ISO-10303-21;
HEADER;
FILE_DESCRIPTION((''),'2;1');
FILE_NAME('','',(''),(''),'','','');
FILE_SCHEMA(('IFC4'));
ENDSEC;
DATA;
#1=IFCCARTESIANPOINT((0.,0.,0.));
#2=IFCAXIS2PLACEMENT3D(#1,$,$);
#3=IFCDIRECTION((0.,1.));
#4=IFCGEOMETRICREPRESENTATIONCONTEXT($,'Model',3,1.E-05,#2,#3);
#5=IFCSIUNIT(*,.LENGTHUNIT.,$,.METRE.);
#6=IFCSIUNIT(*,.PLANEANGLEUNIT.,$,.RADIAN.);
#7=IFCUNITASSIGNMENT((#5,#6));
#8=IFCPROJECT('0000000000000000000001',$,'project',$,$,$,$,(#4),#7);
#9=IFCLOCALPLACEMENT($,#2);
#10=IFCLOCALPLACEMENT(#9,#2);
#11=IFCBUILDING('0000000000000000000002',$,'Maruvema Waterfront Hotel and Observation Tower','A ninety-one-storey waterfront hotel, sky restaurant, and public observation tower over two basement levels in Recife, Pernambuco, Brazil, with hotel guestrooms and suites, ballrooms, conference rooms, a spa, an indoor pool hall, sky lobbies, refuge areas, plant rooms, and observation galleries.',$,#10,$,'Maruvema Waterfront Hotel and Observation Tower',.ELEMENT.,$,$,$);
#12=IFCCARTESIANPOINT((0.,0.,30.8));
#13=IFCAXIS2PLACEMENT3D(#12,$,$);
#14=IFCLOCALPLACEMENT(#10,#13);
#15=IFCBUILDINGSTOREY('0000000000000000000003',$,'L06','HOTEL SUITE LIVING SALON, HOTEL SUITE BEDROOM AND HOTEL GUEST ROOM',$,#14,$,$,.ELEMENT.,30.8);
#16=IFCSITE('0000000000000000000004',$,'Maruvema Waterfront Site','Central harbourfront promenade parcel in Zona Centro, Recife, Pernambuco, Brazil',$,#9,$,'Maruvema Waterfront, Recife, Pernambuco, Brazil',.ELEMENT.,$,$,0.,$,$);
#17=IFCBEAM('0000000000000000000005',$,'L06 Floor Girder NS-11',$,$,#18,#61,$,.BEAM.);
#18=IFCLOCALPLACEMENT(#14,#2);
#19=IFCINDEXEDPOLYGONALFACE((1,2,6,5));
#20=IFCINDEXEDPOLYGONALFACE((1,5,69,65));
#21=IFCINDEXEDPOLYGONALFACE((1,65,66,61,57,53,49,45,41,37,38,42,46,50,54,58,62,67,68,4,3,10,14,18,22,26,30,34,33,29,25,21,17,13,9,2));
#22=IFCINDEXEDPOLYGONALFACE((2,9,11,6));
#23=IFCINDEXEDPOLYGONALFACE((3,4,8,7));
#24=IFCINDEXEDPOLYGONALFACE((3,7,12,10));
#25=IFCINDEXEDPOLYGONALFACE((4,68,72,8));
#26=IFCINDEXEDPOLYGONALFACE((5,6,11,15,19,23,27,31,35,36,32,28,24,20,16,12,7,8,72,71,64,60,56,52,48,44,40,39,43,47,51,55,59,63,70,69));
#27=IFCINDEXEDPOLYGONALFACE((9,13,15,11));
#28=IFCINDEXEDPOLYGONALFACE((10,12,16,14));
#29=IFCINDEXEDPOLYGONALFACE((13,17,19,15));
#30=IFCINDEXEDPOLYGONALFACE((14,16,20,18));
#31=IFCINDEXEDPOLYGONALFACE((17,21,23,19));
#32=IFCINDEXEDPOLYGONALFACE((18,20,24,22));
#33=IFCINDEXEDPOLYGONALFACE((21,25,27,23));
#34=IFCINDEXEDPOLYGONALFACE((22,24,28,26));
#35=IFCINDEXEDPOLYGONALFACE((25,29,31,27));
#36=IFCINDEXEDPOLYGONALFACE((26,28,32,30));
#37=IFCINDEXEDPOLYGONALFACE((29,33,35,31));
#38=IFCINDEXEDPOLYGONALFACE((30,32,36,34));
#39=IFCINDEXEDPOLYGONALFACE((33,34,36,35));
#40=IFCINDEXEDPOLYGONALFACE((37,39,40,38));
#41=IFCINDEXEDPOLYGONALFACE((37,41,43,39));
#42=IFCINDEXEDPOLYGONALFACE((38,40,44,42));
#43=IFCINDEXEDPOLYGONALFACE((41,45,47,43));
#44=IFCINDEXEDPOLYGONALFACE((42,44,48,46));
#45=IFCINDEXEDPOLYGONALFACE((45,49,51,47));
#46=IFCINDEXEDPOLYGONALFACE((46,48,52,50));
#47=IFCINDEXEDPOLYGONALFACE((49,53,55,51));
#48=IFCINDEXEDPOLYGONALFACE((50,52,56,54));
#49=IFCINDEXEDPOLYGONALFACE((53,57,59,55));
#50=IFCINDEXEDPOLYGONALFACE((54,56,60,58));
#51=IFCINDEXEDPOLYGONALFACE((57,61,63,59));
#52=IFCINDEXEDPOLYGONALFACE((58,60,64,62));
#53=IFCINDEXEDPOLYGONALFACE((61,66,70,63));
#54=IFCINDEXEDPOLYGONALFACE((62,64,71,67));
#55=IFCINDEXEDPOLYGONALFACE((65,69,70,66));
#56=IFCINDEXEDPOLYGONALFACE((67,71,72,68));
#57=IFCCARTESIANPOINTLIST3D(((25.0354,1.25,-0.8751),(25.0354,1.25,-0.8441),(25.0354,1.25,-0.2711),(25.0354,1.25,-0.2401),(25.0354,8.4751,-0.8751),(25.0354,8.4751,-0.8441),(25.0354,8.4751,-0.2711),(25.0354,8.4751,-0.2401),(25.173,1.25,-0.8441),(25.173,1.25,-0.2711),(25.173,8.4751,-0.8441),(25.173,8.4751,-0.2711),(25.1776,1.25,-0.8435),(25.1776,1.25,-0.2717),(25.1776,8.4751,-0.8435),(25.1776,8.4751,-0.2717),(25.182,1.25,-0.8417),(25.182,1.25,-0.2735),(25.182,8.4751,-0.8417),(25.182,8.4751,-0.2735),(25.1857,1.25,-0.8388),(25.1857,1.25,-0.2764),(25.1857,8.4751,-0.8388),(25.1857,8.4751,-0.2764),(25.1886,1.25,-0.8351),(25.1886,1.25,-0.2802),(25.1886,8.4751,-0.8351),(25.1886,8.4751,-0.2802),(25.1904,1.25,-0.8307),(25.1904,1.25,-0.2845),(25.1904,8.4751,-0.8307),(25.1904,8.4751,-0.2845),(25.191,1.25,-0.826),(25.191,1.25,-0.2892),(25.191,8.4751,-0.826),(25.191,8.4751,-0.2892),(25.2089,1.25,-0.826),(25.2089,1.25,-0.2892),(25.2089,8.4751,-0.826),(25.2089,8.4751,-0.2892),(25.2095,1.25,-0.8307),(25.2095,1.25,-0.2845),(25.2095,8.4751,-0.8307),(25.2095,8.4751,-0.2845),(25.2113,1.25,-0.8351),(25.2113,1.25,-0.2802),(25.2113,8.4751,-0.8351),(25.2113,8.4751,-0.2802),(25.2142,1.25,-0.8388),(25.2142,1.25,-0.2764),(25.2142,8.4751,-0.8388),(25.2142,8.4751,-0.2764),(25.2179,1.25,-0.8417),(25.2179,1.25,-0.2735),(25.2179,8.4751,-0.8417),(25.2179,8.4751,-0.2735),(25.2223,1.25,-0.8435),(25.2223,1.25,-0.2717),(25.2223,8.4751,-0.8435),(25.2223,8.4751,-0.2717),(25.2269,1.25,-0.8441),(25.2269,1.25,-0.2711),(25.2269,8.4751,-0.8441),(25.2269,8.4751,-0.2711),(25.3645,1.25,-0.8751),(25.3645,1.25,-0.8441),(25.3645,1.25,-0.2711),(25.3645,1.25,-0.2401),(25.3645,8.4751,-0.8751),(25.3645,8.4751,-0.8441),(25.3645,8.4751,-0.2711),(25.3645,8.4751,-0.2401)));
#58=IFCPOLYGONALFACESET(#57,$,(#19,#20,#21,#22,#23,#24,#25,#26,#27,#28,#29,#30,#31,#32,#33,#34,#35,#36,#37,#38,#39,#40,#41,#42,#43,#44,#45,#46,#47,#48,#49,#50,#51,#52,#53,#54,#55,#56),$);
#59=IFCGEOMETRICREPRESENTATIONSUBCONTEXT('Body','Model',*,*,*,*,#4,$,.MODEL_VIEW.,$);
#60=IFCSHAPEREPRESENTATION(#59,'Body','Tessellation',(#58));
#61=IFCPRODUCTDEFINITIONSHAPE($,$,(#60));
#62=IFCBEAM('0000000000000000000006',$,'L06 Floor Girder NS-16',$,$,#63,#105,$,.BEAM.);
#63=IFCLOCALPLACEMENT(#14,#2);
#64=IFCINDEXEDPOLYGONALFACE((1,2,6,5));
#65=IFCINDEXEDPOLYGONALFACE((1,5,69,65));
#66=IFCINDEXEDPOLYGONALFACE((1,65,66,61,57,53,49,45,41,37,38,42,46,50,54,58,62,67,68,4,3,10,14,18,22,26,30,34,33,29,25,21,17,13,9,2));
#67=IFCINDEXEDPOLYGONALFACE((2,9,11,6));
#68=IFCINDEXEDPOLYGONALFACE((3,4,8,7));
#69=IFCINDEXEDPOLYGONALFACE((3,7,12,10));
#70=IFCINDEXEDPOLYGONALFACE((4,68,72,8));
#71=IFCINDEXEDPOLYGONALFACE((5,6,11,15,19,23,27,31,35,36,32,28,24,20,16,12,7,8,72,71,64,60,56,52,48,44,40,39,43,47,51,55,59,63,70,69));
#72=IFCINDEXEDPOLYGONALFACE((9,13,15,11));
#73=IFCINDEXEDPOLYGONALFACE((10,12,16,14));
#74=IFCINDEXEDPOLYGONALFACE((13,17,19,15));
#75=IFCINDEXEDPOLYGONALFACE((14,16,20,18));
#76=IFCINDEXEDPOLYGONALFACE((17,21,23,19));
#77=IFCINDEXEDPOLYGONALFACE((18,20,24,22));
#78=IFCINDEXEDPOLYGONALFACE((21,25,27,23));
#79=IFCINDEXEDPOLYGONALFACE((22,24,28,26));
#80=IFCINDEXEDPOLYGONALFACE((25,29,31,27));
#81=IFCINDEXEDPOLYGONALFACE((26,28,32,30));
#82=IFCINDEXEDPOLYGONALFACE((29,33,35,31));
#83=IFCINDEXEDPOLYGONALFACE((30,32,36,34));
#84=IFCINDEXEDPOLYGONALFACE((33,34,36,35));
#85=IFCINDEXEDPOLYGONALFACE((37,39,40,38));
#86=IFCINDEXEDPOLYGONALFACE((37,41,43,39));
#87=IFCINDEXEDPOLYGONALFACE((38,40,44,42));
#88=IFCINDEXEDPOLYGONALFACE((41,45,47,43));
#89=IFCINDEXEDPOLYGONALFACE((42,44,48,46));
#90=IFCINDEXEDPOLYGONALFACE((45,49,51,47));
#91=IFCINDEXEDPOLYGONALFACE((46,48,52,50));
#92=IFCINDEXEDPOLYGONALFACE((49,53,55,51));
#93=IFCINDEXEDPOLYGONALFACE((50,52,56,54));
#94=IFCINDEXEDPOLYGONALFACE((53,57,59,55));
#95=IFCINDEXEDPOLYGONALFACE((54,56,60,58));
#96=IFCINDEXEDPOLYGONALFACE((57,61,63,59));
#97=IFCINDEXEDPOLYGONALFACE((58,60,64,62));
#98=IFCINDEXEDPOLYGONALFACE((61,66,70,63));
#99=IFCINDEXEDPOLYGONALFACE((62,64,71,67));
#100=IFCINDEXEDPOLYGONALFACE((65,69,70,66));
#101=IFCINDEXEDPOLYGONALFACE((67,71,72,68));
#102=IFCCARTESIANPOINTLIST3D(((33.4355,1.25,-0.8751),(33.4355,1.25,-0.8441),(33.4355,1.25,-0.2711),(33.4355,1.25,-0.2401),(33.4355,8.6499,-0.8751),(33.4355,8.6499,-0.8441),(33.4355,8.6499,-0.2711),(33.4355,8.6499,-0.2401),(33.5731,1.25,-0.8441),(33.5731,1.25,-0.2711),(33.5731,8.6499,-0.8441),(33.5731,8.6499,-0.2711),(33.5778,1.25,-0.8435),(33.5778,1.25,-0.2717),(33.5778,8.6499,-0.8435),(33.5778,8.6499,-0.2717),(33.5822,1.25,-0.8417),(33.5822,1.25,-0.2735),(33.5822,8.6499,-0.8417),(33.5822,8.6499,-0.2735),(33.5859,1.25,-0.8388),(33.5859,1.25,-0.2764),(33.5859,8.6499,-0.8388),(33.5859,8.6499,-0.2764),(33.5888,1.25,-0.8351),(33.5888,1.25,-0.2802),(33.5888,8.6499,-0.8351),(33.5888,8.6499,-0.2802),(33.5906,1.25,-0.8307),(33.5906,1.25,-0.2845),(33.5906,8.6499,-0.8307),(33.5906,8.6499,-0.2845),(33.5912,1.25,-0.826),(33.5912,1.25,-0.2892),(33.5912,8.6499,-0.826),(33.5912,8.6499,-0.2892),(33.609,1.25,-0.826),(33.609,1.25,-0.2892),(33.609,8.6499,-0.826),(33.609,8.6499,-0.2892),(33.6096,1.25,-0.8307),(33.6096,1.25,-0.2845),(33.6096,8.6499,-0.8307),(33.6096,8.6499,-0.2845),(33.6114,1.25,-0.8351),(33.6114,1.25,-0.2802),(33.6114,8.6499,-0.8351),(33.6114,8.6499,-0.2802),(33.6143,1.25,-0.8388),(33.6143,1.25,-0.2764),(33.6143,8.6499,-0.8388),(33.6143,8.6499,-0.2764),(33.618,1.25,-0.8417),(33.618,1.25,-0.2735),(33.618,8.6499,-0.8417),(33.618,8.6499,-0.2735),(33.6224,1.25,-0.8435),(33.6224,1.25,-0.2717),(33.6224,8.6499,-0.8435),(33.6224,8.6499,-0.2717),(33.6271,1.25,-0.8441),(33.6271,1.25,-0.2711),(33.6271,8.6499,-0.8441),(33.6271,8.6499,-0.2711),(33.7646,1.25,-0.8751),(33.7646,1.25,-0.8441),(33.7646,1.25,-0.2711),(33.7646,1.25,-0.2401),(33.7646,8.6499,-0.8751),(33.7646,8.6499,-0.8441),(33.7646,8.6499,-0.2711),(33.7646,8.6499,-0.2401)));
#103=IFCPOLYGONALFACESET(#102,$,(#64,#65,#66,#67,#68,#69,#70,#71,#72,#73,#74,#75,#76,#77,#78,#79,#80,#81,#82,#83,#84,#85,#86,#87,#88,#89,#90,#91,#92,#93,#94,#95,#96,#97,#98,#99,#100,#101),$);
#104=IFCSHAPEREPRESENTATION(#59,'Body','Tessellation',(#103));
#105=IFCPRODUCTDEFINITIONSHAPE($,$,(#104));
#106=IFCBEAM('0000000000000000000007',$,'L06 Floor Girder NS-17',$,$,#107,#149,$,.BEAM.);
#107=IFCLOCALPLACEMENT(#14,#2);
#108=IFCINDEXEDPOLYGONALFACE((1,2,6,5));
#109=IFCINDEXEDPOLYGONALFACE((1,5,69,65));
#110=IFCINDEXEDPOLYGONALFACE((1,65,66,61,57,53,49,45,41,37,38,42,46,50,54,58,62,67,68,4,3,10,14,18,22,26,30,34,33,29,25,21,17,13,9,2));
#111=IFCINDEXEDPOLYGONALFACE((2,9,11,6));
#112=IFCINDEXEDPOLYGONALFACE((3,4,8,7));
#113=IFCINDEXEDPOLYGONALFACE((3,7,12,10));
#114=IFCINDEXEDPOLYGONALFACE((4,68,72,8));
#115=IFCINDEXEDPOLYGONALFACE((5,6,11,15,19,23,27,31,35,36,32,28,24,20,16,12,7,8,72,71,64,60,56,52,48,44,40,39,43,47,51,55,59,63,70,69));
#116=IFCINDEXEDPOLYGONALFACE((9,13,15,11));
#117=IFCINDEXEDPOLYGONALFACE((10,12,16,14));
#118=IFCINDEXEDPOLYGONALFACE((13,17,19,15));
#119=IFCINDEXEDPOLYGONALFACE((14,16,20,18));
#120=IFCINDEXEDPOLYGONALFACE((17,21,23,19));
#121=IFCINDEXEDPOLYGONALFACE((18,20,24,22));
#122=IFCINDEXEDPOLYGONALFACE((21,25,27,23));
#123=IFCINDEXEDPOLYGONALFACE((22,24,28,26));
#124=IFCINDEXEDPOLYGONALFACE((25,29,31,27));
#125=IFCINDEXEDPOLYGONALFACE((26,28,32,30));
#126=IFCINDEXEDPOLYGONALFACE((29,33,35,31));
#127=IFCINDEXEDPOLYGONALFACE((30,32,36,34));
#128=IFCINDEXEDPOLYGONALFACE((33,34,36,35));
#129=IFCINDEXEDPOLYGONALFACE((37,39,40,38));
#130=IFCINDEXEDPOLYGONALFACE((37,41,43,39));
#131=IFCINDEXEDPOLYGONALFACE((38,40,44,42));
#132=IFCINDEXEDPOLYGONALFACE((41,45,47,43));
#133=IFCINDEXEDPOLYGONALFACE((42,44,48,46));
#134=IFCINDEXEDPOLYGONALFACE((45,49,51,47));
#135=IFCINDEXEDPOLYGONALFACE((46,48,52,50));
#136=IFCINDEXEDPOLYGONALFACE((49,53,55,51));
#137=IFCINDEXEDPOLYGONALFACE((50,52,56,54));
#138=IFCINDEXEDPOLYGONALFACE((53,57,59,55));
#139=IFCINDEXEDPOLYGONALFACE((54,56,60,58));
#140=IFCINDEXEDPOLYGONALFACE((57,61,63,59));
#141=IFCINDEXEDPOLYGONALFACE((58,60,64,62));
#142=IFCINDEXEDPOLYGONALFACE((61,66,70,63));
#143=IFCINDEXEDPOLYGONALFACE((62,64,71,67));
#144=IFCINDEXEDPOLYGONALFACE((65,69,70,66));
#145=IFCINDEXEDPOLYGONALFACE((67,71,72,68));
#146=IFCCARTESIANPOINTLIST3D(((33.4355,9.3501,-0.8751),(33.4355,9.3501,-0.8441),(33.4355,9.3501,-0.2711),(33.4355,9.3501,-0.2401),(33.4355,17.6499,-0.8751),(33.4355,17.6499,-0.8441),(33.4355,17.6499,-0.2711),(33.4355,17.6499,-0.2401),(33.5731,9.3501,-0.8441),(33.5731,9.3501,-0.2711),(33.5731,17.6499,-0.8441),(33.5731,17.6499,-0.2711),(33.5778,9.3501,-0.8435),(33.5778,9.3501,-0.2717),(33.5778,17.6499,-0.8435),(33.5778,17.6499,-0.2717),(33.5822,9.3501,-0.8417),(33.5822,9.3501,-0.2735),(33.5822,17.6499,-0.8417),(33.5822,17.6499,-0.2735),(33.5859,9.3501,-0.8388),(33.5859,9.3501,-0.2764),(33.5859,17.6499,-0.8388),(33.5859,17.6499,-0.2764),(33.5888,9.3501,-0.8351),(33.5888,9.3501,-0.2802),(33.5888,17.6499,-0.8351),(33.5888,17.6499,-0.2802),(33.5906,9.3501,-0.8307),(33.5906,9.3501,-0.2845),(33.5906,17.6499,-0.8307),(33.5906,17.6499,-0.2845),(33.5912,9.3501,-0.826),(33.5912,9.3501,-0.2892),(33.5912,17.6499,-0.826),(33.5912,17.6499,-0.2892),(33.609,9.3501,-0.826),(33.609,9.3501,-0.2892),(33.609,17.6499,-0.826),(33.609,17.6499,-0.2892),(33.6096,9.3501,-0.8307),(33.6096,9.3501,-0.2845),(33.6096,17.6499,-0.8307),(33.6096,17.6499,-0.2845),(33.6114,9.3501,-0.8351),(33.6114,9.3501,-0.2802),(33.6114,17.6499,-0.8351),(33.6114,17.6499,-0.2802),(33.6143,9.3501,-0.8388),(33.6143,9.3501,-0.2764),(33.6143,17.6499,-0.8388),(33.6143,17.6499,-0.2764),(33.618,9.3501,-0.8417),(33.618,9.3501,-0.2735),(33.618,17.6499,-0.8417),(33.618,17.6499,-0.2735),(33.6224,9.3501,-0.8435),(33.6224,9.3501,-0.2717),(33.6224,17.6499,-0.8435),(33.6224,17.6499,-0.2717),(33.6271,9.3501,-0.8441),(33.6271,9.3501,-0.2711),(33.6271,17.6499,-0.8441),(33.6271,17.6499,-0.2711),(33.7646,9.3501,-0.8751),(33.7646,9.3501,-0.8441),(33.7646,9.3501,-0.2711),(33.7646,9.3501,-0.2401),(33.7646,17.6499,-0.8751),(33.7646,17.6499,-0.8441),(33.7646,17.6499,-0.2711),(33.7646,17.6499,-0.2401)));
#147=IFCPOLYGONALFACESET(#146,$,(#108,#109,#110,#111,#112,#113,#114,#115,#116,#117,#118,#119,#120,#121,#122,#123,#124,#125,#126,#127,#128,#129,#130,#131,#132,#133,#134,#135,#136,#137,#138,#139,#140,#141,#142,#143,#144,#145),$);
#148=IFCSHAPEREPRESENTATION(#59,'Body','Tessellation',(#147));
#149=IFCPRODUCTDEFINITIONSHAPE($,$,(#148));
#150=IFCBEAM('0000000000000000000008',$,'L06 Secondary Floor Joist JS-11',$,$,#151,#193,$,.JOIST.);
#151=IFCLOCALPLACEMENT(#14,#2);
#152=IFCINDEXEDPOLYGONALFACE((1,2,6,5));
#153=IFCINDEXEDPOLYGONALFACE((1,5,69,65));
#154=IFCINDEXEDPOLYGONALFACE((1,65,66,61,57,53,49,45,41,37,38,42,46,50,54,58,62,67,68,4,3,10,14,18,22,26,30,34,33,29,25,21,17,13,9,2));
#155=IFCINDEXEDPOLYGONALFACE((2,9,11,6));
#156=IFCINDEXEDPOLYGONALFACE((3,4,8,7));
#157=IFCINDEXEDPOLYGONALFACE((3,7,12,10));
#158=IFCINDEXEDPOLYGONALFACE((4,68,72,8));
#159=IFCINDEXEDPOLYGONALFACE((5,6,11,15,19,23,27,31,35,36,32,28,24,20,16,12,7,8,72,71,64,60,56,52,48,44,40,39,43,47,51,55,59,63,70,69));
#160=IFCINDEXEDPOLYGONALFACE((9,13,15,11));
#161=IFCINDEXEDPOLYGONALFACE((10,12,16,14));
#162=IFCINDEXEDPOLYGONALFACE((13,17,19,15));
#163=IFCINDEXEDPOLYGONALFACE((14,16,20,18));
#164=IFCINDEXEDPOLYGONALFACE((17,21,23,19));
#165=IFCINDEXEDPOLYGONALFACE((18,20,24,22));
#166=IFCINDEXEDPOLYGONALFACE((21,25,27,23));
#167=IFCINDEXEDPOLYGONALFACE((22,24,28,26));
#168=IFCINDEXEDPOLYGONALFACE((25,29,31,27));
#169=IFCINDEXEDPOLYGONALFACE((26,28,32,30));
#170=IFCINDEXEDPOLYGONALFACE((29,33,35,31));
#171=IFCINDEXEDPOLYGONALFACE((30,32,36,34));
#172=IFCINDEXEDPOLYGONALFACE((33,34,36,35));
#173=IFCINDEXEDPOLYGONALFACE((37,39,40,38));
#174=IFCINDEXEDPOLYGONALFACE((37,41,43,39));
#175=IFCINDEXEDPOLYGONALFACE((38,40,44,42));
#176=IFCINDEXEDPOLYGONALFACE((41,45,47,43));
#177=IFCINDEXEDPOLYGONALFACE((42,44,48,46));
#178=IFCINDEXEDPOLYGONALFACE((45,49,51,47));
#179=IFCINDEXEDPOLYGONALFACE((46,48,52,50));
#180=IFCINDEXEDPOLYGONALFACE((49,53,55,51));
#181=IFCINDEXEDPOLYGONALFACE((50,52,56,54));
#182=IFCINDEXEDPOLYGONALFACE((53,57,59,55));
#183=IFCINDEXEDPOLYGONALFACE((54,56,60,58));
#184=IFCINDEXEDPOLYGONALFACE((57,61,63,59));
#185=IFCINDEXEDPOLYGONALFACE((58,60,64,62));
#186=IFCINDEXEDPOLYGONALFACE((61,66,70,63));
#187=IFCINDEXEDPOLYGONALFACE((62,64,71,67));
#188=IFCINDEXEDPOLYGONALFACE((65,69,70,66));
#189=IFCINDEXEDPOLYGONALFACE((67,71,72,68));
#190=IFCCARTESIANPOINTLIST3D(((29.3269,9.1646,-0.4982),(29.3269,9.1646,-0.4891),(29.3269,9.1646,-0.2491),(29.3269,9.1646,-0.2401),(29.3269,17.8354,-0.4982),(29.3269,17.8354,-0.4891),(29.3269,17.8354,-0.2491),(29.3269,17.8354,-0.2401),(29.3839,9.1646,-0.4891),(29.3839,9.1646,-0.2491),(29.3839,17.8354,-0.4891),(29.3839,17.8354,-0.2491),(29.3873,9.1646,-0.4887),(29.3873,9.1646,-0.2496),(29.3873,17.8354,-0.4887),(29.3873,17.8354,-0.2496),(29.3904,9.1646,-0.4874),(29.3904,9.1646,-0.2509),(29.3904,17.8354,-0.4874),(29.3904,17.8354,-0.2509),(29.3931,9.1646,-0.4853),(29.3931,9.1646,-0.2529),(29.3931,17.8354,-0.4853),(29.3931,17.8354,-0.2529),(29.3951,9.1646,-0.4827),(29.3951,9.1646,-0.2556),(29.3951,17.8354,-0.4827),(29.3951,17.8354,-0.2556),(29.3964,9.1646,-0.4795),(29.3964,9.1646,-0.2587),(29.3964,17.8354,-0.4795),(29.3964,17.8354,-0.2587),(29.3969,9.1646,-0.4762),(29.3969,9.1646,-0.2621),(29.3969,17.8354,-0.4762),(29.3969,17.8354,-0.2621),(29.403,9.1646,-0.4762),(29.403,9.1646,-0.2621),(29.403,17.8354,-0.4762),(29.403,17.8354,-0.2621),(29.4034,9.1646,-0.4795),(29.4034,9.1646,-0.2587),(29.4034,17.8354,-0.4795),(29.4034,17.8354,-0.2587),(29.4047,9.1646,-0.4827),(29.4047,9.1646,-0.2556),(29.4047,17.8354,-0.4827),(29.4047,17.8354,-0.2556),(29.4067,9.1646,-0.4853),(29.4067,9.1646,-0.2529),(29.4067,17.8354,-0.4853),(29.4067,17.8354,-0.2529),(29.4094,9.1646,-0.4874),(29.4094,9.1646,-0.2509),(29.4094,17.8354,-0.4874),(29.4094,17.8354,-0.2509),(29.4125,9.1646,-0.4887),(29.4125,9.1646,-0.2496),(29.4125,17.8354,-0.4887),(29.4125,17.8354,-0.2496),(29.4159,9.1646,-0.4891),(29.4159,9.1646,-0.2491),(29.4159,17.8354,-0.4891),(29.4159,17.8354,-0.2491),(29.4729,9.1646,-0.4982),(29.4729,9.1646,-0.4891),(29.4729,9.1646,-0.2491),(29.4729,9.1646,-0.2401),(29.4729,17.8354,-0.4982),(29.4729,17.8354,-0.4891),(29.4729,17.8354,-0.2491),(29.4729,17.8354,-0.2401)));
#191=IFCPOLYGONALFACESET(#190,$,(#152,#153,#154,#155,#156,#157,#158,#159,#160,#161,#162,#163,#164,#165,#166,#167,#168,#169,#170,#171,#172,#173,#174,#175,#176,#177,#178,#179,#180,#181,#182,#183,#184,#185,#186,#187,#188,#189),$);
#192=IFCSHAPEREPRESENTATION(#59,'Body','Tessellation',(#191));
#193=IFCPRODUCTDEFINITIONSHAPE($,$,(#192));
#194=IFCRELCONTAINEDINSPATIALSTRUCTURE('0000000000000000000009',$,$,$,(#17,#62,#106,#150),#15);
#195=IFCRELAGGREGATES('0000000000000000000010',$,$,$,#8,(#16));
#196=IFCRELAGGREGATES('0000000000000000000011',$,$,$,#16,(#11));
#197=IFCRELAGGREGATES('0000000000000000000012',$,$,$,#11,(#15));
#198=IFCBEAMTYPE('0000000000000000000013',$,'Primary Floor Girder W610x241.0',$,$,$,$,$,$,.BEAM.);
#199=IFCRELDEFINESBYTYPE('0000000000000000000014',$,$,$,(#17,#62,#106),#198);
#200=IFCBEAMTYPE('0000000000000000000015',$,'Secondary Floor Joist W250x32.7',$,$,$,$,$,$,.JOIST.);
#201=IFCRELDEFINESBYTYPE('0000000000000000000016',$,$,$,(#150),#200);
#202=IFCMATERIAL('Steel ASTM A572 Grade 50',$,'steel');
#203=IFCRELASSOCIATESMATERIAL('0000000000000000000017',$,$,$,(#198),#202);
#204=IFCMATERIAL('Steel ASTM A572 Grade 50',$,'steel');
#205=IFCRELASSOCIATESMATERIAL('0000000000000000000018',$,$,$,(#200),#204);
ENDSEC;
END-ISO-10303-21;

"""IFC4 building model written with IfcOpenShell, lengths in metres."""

from ifc_helpers import new_model, si_unit, direction, frame, origin, origin_2d, place, context, subcontext, project, spatial, i_section, extrude, material, material_profile, profile_set, type_object, element, save


model = new_model("IFC4")

# Units and contexts
model_context = context("Model", 3, precision=1e-05, world=origin(), true_north=direction((0.0, 1.0)))
body_context = subcontext(model_context, "Body", "Model", "MODEL_VIEW")
ifc_project = project(units=[si_unit("LENGTHUNIT", "METRE"), si_unit("PLANEANGLEUNIT", "RADIAN")], contexts=[model_context])

# Site, building, storey
site_placement = place(None, origin())
site = spatial("IfcSite", under=ifc_project, at=site_placement, Name="Maruvema Waterfront Site", Description="Central harbourfront promenade parcel in Zona Centro, Recife, Pernambuco, Brazil", LongName="Maruvema Waterfront, Recife, Pernambuco, Brazil", CompositionType="ELEMENT", RefElevation=0.0)
building_placement = place(site_placement, origin())
building = spatial("IfcBuilding", under=site, at=building_placement, Name="Maruvema Waterfront Hotel and Observation Tower", Description="A ninety-one-storey waterfront hotel, sky restaurant, and public observation tower over two basement levels in Recife, Pernambuco, Brazil, with hotel guestrooms and suites, ballrooms, conference rooms, a spa, an indoor pool hall, sky lobbies, refuge areas, plant rooms, and observation galleries.", LongName="Maruvema Waterfront Hotel and Observation Tower", CompositionType="ELEMENT")
storey_placement = place(building_placement, frame((0.0, 0.0, 30.8)))
storey = spatial("IfcBuildingStorey", under=building, at=storey_placement, Name="L06", Description="HOTEL SUITE LIVING SALON, HOTEL SUITE BEDROOM AND HOTEL GUEST ROOM", CompositionType="ELEMENT", Elevation=30.8)

# Beams
ifc_material_1 = material(Name="Steel ASTM A572 Grade 50", Category="steel")
ifc_material_profile_1 = material_profile(ifc_material_1, i_section(OverallWidth=0.3291, OverallDepth=0.635, WebThickness=0.0178, FlangeThickness=0.031, FilletRadius=0.0181, at=origin_2d()), Name="W610x241.0")
ifc_profile_set_1 = profile_set([ifc_material_profile_1], Name="Steel ASTM A572 Grade 50")
beam_type_1 = type_object("IfcBeamType", Name="Primary Floor Girder W610x241.0", PredefinedType="BEAM", material=ifc_profile_set_1)
beam_1_placement = place(storey_placement, frame((25.2, 1.25, -0.5576), z_axis=(0.0, 1.0, 0.0), x_axis=(-1.0, 0.0, 0.0)))
element("IfcBeam", 1, at=beam_1_placement, inside=storey, type_object=beam_type_1, Name="L06 Floor Girder NS-11", PredefinedType="BEAM", context=body_context, shape_type="SweptSolid", body=[
    extrude(i_section(OverallWidth=0.3291, OverallDepth=0.635, WebThickness=0.0178, FlangeThickness=0.031, FilletRadius=0.0181, at=origin_2d()), origin(), (0.0, 0.0, 1.0), 7.2251),
])
beam_2_placement = place(storey_placement, frame((33.6001, 1.25, -0.5576), z_axis=(0.0, 1.0, 0.0), x_axis=(-1.0, 0.0, 0.0)))
element("IfcBeam", 2, at=beam_2_placement, inside=storey, type_object=beam_type_1, Name="L06 Floor Girder NS-16", PredefinedType="BEAM", context=body_context, shape_type="SweptSolid", body=[
    extrude(i_section(OverallWidth=0.3291, OverallDepth=0.635, WebThickness=0.0178, FlangeThickness=0.031, FilletRadius=0.0181, at=origin_2d()), origin(), (0.0, 0.0, 1.0), 7.3999),
])
beam_3_placement = place(storey_placement, frame((33.6001, 9.3501, -0.5576), z_axis=(0.0, 1.0, 0.0), x_axis=(-1.0, 0.0, 0.0)))
element("IfcBeam", 3, at=beam_3_placement, inside=storey, type_object=beam_type_1, Name="L06 Floor Girder NS-17", PredefinedType="BEAM", context=body_context, shape_type="SweptSolid", body=[
    extrude(i_section(OverallWidth=0.3291, OverallDepth=0.635, WebThickness=0.0178, FlangeThickness=0.031, FilletRadius=0.0181, at=origin_2d()), origin(), (0.0, 0.0, 1.0), 8.2998),
])
ifc_material_2 = material(Name="Steel ASTM A572 Grade 50", Category="steel")
ifc_material_profile_2 = material_profile(ifc_material_2, i_section(OverallWidth=0.146, OverallDepth=0.2581, WebThickness=0.0061, FlangeThickness=0.009, FilletRadius=0.0129, at=origin_2d()), Name="W250x32.7")
ifc_profile_set_2 = profile_set([ifc_material_profile_2], Name="Steel ASTM A572 Grade 50")
beam_type_2 = type_object("IfcBeamType", Name="Secondary Floor Joist W250x32.7", PredefinedType="JOIST", material=ifc_profile_set_2)
beam_4_placement = place(storey_placement, frame((29.3999, 9.1646, -0.3691), z_axis=(0.0, 1.0, 0.0), x_axis=(-1.0, 0.0, 0.0)))
element("IfcBeam", 4, at=beam_4_placement, inside=storey, type_object=beam_type_2, Name="L06 Secondary Floor Joist JS-11", PredefinedType="JOIST", context=body_context, shape_type="SweptSolid", body=[
    extrude(i_section(OverallWidth=0.146, OverallDepth=0.2581, WebThickness=0.0061, FlangeThickness=0.009, FilletRadius=0.0129, at=origin_2d()), origin(), (0.0, 0.0, 1.0), 8.6709),
])

save(model, "model.ifc")
